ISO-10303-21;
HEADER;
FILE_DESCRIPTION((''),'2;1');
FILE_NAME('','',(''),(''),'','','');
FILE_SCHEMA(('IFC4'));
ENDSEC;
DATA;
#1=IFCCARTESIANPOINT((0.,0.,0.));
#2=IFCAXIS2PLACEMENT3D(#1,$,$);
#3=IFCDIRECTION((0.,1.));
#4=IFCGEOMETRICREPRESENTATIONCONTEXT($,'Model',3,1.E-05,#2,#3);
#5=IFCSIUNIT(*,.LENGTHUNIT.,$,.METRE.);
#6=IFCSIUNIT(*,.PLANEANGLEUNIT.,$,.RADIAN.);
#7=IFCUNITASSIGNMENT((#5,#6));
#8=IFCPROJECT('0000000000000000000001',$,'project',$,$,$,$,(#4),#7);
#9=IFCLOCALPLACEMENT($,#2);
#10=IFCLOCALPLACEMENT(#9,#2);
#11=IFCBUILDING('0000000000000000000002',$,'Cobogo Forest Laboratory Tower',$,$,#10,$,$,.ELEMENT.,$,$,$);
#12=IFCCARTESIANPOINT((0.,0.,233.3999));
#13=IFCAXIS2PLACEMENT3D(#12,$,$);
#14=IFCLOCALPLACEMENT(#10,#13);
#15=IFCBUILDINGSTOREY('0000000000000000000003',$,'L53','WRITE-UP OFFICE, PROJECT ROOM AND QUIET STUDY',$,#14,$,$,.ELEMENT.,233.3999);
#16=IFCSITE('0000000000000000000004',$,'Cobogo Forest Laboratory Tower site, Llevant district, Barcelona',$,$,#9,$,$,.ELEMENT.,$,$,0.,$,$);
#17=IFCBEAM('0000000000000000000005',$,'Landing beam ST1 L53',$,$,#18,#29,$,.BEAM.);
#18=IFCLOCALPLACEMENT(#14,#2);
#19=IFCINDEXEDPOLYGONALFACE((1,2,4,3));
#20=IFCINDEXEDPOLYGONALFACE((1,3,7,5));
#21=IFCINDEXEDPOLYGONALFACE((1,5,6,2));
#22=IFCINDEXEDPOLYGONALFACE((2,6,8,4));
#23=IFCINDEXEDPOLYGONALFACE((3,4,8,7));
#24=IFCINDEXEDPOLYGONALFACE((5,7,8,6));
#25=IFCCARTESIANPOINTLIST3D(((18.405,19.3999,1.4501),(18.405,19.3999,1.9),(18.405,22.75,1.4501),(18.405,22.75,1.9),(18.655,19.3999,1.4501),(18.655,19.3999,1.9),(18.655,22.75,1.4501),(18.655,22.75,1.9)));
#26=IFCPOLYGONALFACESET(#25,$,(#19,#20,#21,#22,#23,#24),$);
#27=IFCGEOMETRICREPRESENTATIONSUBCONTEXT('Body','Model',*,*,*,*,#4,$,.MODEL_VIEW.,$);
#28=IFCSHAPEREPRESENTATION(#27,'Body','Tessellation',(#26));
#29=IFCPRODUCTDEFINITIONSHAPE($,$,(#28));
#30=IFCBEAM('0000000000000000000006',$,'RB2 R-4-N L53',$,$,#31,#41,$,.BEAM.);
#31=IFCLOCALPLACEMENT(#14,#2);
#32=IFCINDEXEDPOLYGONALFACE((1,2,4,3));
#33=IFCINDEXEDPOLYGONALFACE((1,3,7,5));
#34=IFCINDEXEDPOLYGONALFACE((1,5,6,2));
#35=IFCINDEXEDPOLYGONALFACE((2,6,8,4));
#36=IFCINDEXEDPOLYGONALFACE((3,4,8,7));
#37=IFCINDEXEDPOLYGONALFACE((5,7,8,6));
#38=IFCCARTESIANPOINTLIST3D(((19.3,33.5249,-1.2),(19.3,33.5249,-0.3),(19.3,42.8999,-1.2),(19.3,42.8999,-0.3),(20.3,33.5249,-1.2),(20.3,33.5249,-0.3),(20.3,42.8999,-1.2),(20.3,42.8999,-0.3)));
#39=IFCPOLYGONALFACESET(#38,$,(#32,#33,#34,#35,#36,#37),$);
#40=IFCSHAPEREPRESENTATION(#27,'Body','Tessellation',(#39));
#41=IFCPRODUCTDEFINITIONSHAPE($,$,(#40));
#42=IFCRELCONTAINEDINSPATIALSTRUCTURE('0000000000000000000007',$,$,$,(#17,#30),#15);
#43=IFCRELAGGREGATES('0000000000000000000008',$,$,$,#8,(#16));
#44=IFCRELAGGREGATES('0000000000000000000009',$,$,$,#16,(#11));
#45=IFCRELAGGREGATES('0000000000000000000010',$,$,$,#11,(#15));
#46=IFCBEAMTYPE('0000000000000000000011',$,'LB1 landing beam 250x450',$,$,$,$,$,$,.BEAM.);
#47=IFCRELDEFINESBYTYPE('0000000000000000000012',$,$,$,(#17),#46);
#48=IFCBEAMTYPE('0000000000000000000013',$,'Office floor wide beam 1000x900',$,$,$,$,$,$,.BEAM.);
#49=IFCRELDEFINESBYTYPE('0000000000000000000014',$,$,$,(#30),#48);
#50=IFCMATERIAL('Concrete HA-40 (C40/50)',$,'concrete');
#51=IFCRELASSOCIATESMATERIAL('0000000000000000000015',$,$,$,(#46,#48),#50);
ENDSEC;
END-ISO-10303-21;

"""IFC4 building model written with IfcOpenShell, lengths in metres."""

from ifc_helpers import new_model, si_unit, direction, frame, origin, origin_2d, place, context, subcontext, project, spatial, rectangle, extrude, material, material_profile, profile_set, type_object, element, save


model = new_model("IFC4")

# Units and contexts
model_context = context("Model", 3, precision=1e-05, world=origin(), true_north=direction((0.0, 1.0)))
body_context = subcontext(model_context, "Body", "Model", "MODEL_VIEW")
ifc_project = project(units=[si_unit("LENGTHUNIT", "METRE"), si_unit("PLANEANGLEUNIT", "RADIAN")], contexts=[model_context])

# Site, building, storey
site_placement = place(None, origin())
site = spatial("IfcSite", under=ifc_project, at=site_placement, Name="Cobogo Forest Laboratory Tower site, Llevant district, Barcelona", CompositionType="ELEMENT", RefElevation=0.0)
building_placement = place(site_placement, origin())
building = spatial("IfcBuilding", under=site, at=building_placement, Name="Cobogo Forest Laboratory Tower", CompositionType="ELEMENT")
storey_placement = place(building_placement, frame((0.0, 0.0, 233.3999)))
storey = spatial("IfcBuildingStorey", under=building, at=storey_placement, Name="L53", Description="WRITE-UP OFFICE, PROJECT ROOM AND QUIET STUDY", CompositionType="ELEMENT", Elevation=233.3999)

# Beams
ifc_material_1 = material(Name="Concrete HA-40 (C40/50)", Category="concrete")
ifc_material_profile_1 = material_profile(ifc_material_1, rectangle(XDim=0.25, YDim=0.45, at=origin_2d()), Name="RC 250x450")
ifc_profile_set_1 = profile_set([ifc_material_profile_1], Name="Concrete HA-40 (C40/50)")
beam_type_1 = type_object("IfcBeamType", Name="LB1 landing beam 250x450", PredefinedType="BEAM", material=ifc_profile_set_1)
beam_1_placement = place(storey_placement, frame((18.53, 19.3999, 1.675), z_axis=(0.0, 1.0, 0.0), x_axis=(-1.0, 0.0, 0.0)))
element("IfcBeam", 1, at=beam_1_placement, inside=storey, type_object=beam_type_1, Name="Landing beam ST1 L53", PredefinedType="BEAM", context=body_context, shape_type="SweptSolid", body=[
    extrude(rectangle(XDim=0.25, YDim=0.45, at=origin_2d()), origin(), (0.0, 0.0, 1.0), 3.3501),
])
ifc_material_profile_2 = material_profile(ifc_material_1, rectangle(XDim=1.0, YDim=0.8999, at=origin_2d()), Name="RC 1000x900")
ifc_profile_set_2 = profile_set([ifc_material_profile_2], Name="Concrete HA-40 (C40/50)")
beam_type_2 = type_object("IfcBeamType", Name="Office floor wide beam 1000x900", PredefinedType="BEAM", material=ifc_profile_set_2)
beam_2_placement = place(storey_placement, frame((19.8, 33.5249, -0.75), z_axis=(0.0, 1.0, 0.0), x_axis=(-1.0, 0.0, 0.0)))
element("IfcBeam", 2, at=beam_2_placement, inside=storey, type_object=beam_type_2, Name="RB2 R-4-N L53", PredefinedType="BEAM", context=body_context, shape_type="SweptSolid", body=[
    extrude(rectangle(XDim=1.0, YDim=0.8999, at=origin_2d()), origin(), (0.0, 0.0, 1.0), 9.375),
])

save(model, "model.ifc")
